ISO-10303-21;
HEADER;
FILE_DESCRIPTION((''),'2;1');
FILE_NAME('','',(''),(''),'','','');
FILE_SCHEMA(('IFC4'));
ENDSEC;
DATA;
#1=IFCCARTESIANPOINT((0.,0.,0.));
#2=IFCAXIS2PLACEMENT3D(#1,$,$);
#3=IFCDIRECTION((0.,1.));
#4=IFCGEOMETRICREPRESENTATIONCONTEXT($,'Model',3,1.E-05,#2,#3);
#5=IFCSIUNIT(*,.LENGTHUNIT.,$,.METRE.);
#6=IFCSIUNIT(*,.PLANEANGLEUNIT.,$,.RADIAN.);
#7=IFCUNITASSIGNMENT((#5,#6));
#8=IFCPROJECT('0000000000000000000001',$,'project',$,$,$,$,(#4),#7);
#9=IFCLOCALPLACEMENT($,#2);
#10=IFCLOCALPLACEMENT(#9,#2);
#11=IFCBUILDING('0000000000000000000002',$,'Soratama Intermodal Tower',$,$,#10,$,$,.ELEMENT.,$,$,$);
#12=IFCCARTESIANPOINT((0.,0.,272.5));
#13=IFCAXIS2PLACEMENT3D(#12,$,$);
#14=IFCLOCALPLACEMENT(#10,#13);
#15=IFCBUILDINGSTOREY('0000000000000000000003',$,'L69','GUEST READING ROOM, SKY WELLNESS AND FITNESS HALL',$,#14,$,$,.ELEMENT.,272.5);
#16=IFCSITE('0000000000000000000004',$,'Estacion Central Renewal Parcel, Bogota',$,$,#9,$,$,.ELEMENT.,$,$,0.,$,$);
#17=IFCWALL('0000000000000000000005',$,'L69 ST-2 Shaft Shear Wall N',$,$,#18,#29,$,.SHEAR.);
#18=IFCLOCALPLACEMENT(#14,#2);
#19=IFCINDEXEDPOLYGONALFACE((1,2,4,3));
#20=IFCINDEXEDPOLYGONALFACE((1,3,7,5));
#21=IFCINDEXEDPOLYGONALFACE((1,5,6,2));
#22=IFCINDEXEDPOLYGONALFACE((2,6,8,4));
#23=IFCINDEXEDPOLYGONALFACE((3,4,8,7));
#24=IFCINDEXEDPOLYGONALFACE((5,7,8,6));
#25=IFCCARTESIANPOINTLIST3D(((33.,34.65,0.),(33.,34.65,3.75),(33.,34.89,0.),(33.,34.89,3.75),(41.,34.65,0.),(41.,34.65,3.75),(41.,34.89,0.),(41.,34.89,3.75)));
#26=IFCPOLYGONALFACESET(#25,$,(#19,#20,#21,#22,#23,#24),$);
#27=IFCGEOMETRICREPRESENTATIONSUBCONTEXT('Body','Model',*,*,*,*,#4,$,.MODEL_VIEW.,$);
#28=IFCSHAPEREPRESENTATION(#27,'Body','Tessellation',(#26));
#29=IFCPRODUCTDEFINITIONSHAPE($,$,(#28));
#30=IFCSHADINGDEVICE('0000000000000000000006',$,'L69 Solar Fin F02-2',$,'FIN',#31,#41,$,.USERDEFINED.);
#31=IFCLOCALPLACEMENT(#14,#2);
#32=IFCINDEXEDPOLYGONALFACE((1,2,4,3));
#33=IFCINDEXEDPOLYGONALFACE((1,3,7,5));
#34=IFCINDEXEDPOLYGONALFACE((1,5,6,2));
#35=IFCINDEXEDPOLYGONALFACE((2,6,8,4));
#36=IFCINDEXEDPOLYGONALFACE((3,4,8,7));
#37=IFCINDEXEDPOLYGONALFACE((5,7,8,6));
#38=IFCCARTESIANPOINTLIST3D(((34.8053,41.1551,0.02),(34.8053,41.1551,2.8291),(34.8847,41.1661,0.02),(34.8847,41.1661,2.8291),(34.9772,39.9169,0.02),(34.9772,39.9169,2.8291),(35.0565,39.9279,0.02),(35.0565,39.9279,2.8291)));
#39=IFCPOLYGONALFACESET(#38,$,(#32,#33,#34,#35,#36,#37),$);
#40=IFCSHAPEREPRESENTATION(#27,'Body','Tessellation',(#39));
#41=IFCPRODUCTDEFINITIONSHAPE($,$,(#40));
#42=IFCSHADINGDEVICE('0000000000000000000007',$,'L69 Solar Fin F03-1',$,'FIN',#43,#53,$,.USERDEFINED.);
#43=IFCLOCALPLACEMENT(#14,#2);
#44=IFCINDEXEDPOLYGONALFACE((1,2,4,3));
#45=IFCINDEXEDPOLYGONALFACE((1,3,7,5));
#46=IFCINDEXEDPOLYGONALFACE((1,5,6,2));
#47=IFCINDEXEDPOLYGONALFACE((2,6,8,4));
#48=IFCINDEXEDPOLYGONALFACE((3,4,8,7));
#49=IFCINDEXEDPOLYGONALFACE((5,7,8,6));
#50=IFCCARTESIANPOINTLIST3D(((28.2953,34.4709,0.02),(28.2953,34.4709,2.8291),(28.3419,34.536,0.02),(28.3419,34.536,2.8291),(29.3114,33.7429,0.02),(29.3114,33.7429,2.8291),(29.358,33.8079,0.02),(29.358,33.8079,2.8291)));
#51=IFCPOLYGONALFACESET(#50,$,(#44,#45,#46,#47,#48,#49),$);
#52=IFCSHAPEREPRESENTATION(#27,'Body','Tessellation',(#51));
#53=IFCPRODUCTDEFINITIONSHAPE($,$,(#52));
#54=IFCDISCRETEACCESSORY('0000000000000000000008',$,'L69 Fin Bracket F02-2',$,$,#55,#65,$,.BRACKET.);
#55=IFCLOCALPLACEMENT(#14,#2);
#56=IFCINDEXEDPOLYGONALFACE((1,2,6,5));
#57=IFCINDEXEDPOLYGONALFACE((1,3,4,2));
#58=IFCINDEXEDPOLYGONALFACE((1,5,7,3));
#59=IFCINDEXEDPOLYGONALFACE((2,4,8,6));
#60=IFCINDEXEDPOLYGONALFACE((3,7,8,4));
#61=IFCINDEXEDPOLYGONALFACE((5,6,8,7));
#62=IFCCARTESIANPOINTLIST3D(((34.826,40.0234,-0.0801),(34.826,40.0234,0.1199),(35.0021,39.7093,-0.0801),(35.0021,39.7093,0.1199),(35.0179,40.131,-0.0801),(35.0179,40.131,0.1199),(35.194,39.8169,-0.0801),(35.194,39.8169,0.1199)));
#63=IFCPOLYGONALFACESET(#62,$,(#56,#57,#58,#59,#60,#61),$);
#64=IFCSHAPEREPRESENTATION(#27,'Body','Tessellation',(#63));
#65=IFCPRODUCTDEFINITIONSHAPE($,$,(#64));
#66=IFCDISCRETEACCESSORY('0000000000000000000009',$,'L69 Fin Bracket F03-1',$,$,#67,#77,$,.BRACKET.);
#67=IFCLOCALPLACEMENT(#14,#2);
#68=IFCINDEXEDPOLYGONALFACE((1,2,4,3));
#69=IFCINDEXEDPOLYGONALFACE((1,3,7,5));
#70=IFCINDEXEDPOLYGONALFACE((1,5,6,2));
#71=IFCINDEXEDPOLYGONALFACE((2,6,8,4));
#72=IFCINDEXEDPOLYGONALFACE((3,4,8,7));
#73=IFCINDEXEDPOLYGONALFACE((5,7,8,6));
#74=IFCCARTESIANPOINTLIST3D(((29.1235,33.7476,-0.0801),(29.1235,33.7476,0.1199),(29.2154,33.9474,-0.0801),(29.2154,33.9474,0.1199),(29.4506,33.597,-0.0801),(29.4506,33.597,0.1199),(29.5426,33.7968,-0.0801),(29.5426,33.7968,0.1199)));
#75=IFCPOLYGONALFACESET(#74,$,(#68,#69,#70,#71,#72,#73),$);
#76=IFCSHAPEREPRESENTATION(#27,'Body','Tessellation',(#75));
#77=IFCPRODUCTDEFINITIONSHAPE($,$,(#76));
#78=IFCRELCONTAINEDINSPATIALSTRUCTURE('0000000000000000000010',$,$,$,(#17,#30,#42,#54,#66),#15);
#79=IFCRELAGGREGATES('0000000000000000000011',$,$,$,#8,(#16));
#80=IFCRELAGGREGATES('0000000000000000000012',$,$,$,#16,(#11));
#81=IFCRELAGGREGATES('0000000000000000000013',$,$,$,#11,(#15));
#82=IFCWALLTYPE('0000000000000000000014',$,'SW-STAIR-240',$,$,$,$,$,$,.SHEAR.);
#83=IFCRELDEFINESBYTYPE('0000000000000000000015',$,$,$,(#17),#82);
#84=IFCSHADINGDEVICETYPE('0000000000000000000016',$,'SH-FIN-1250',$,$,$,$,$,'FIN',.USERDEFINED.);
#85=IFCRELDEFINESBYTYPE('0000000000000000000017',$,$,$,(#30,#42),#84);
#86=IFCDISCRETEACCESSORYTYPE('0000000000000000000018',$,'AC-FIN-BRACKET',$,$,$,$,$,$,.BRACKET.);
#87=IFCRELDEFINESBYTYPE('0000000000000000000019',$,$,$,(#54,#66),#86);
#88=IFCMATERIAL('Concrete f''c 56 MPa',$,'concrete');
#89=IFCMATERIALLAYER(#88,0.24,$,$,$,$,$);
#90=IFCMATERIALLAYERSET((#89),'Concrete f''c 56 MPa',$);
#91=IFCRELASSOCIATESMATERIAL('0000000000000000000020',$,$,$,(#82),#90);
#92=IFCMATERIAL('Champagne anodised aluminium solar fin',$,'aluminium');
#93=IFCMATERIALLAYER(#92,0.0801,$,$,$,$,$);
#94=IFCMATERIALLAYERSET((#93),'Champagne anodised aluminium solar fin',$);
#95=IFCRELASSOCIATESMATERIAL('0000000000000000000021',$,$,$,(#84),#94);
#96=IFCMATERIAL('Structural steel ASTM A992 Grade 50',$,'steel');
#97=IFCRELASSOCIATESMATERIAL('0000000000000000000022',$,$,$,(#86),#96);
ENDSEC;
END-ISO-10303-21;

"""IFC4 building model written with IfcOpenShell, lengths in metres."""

from ifc_helpers import new_model, si_unit, direction, frame, frame_2d, origin, origin_2d, place, context, subcontext, project, spatial, rectangle, extrude, material, layer, layer_set, type_object, element, save


model = new_model("IFC4")

# Units and contexts
model_context = context("Model", 3, precision=1e-05, world=origin(), true_north=direction((0.0, 1.0)))
body_context = subcontext(model_context, "Body", "Model", "MODEL_VIEW")
ifc_project = project(units=[si_unit("LENGTHUNIT", "METRE"), si_unit("PLANEANGLEUNIT", "RADIAN")], contexts=[model_context])

# Site, building, storey
site_placement = place(None, origin())
site = spatial("IfcSite", under=ifc_project, at=site_placement, Name="Estacion Central Renewal Parcel, Bogota", CompositionType="ELEMENT", RefElevation=0.0)
building_placement = place(site_placement, origin())
building = spatial("IfcBuilding", under=site, at=building_placement, Name="Soratama Intermodal Tower", CompositionType="ELEMENT")
storey_placement = place(building_placement, frame((0.0, 0.0, 272.5)))
storey = spatial("IfcBuildingStorey", under=building, at=storey_placement, Name="L69", Description="GUEST READING ROOM, SKY WELLNESS AND FITNESS HALL", CompositionType="ELEMENT", Elevation=272.5)

# Wall
ifc_material_1 = material(Name="Concrete f'c 56 MPa", Category="concrete")
ifc_layer_1 = layer(ifc_material_1, 0.24)
ifc_layer_set_1 = layer_set([ifc_layer_1], Name="Concrete f'c 56 MPa")
wall_type_1 = type_object("IfcWallType", Name="SW-STAIR-240", PredefinedType="SHEAR", material=ifc_layer_set_1)
wall_1_placement = place(storey_placement, frame((33.0, 34.77, 0.0), z_axis=(0.0, 0.0, 1.0), x_axis=(1.0, 0.0, 0.0)))
element("IfcWall", 1, at=wall_1_placement, inside=storey, type_object=wall_type_1, Name="L69 ST-2 Shaft Shear Wall N", PredefinedType="SHEAR", context=body_context, shape_type="SweptSolid", body=[
    extrude(rectangle(XDim=8.0, YDim=0.24, at=frame_2d((4.0, 0.0))), origin(), (0.0, 0.0, 1.0), 3.75),
])

# Shading devices
ifc_material_2 = material(Name="Champagne anodised aluminium solar fin", Category="aluminium")
ifc_layer_2 = layer(ifc_material_2, 0.0801)
ifc_layer_set_2 = layer_set([ifc_layer_2], Name="Champagne anodised aluminium solar fin")
shading_device_type = type_object("IfcShadingDeviceType", Name="SH-FIN-1250", ElementType="FIN", PredefinedType="USERDEFINED", material=ifc_layer_set_2)
for number, where, z_axis, x_axis, name in (
    (2, (34.9309, 40.5415, 0.02), (0.0, 0.0, 1.0), (-0.137445, 0.990509, 0.0), "L69 Solar Fin F02-2"),
    (3, (28.8267, 34.1394, 0.02), (0.0, 0.0, 1.0), (-0.812898, 0.582407, 0.0), "L69 Solar Fin F03-1"),
):
    element("IfcShadingDevice", number, at=place(storey_placement, frame(where, z_axis=z_axis, x_axis=x_axis)), inside=storey, type_object=shading_device_type, Name=name, ObjectType="FIN", PredefinedType="USERDEFINED", context=body_context, shape_type="SweptSolid", body=[
        extrude(rectangle(XDim=1.25, YDim=0.0801, at=origin_2d()), origin(), (0.0, 0.0, 1.0), 2.8091),
    ])

# Discrete accessories
ifc_material_3 = material(Name="Structural steel ASTM A992 Grade 50", Category="steel")
discrete_accessory_type = type_object("IfcDiscreteAccessoryType", Name="AC-FIN-BRACKET", PredefinedType="BRACKET", material=ifc_material_3)
for number, where, z_axis, x_axis, name in (
    (4, (35.01, 39.9202, -0.0801), (0.0, 0.0, 1.0), (-0.489078, 0.87224, 0.0), "L69 Fin Bracket F02-2"),
    (5, (29.333, 33.7722, -0.0801), (0.0, 0.0, 1.0), (-0.908362, 0.418184, 0.0), "L69 Fin Bracket F03-1"),
):
    element("IfcDiscreteAccessory", number, at=place(storey_placement, frame(where, z_axis=z_axis, x_axis=x_axis)), inside=storey, type_object=discrete_accessory_type, Name=name, PredefinedType="BRACKET", context=body_context, shape_type="SweptSolid", body=[
        extrude(rectangle(XDim=0.3601, YDim=0.22, at=origin_2d()), origin(), (0.0, 0.0, 1.0), 0.2),
    ])

save(model, "model.ifc")
